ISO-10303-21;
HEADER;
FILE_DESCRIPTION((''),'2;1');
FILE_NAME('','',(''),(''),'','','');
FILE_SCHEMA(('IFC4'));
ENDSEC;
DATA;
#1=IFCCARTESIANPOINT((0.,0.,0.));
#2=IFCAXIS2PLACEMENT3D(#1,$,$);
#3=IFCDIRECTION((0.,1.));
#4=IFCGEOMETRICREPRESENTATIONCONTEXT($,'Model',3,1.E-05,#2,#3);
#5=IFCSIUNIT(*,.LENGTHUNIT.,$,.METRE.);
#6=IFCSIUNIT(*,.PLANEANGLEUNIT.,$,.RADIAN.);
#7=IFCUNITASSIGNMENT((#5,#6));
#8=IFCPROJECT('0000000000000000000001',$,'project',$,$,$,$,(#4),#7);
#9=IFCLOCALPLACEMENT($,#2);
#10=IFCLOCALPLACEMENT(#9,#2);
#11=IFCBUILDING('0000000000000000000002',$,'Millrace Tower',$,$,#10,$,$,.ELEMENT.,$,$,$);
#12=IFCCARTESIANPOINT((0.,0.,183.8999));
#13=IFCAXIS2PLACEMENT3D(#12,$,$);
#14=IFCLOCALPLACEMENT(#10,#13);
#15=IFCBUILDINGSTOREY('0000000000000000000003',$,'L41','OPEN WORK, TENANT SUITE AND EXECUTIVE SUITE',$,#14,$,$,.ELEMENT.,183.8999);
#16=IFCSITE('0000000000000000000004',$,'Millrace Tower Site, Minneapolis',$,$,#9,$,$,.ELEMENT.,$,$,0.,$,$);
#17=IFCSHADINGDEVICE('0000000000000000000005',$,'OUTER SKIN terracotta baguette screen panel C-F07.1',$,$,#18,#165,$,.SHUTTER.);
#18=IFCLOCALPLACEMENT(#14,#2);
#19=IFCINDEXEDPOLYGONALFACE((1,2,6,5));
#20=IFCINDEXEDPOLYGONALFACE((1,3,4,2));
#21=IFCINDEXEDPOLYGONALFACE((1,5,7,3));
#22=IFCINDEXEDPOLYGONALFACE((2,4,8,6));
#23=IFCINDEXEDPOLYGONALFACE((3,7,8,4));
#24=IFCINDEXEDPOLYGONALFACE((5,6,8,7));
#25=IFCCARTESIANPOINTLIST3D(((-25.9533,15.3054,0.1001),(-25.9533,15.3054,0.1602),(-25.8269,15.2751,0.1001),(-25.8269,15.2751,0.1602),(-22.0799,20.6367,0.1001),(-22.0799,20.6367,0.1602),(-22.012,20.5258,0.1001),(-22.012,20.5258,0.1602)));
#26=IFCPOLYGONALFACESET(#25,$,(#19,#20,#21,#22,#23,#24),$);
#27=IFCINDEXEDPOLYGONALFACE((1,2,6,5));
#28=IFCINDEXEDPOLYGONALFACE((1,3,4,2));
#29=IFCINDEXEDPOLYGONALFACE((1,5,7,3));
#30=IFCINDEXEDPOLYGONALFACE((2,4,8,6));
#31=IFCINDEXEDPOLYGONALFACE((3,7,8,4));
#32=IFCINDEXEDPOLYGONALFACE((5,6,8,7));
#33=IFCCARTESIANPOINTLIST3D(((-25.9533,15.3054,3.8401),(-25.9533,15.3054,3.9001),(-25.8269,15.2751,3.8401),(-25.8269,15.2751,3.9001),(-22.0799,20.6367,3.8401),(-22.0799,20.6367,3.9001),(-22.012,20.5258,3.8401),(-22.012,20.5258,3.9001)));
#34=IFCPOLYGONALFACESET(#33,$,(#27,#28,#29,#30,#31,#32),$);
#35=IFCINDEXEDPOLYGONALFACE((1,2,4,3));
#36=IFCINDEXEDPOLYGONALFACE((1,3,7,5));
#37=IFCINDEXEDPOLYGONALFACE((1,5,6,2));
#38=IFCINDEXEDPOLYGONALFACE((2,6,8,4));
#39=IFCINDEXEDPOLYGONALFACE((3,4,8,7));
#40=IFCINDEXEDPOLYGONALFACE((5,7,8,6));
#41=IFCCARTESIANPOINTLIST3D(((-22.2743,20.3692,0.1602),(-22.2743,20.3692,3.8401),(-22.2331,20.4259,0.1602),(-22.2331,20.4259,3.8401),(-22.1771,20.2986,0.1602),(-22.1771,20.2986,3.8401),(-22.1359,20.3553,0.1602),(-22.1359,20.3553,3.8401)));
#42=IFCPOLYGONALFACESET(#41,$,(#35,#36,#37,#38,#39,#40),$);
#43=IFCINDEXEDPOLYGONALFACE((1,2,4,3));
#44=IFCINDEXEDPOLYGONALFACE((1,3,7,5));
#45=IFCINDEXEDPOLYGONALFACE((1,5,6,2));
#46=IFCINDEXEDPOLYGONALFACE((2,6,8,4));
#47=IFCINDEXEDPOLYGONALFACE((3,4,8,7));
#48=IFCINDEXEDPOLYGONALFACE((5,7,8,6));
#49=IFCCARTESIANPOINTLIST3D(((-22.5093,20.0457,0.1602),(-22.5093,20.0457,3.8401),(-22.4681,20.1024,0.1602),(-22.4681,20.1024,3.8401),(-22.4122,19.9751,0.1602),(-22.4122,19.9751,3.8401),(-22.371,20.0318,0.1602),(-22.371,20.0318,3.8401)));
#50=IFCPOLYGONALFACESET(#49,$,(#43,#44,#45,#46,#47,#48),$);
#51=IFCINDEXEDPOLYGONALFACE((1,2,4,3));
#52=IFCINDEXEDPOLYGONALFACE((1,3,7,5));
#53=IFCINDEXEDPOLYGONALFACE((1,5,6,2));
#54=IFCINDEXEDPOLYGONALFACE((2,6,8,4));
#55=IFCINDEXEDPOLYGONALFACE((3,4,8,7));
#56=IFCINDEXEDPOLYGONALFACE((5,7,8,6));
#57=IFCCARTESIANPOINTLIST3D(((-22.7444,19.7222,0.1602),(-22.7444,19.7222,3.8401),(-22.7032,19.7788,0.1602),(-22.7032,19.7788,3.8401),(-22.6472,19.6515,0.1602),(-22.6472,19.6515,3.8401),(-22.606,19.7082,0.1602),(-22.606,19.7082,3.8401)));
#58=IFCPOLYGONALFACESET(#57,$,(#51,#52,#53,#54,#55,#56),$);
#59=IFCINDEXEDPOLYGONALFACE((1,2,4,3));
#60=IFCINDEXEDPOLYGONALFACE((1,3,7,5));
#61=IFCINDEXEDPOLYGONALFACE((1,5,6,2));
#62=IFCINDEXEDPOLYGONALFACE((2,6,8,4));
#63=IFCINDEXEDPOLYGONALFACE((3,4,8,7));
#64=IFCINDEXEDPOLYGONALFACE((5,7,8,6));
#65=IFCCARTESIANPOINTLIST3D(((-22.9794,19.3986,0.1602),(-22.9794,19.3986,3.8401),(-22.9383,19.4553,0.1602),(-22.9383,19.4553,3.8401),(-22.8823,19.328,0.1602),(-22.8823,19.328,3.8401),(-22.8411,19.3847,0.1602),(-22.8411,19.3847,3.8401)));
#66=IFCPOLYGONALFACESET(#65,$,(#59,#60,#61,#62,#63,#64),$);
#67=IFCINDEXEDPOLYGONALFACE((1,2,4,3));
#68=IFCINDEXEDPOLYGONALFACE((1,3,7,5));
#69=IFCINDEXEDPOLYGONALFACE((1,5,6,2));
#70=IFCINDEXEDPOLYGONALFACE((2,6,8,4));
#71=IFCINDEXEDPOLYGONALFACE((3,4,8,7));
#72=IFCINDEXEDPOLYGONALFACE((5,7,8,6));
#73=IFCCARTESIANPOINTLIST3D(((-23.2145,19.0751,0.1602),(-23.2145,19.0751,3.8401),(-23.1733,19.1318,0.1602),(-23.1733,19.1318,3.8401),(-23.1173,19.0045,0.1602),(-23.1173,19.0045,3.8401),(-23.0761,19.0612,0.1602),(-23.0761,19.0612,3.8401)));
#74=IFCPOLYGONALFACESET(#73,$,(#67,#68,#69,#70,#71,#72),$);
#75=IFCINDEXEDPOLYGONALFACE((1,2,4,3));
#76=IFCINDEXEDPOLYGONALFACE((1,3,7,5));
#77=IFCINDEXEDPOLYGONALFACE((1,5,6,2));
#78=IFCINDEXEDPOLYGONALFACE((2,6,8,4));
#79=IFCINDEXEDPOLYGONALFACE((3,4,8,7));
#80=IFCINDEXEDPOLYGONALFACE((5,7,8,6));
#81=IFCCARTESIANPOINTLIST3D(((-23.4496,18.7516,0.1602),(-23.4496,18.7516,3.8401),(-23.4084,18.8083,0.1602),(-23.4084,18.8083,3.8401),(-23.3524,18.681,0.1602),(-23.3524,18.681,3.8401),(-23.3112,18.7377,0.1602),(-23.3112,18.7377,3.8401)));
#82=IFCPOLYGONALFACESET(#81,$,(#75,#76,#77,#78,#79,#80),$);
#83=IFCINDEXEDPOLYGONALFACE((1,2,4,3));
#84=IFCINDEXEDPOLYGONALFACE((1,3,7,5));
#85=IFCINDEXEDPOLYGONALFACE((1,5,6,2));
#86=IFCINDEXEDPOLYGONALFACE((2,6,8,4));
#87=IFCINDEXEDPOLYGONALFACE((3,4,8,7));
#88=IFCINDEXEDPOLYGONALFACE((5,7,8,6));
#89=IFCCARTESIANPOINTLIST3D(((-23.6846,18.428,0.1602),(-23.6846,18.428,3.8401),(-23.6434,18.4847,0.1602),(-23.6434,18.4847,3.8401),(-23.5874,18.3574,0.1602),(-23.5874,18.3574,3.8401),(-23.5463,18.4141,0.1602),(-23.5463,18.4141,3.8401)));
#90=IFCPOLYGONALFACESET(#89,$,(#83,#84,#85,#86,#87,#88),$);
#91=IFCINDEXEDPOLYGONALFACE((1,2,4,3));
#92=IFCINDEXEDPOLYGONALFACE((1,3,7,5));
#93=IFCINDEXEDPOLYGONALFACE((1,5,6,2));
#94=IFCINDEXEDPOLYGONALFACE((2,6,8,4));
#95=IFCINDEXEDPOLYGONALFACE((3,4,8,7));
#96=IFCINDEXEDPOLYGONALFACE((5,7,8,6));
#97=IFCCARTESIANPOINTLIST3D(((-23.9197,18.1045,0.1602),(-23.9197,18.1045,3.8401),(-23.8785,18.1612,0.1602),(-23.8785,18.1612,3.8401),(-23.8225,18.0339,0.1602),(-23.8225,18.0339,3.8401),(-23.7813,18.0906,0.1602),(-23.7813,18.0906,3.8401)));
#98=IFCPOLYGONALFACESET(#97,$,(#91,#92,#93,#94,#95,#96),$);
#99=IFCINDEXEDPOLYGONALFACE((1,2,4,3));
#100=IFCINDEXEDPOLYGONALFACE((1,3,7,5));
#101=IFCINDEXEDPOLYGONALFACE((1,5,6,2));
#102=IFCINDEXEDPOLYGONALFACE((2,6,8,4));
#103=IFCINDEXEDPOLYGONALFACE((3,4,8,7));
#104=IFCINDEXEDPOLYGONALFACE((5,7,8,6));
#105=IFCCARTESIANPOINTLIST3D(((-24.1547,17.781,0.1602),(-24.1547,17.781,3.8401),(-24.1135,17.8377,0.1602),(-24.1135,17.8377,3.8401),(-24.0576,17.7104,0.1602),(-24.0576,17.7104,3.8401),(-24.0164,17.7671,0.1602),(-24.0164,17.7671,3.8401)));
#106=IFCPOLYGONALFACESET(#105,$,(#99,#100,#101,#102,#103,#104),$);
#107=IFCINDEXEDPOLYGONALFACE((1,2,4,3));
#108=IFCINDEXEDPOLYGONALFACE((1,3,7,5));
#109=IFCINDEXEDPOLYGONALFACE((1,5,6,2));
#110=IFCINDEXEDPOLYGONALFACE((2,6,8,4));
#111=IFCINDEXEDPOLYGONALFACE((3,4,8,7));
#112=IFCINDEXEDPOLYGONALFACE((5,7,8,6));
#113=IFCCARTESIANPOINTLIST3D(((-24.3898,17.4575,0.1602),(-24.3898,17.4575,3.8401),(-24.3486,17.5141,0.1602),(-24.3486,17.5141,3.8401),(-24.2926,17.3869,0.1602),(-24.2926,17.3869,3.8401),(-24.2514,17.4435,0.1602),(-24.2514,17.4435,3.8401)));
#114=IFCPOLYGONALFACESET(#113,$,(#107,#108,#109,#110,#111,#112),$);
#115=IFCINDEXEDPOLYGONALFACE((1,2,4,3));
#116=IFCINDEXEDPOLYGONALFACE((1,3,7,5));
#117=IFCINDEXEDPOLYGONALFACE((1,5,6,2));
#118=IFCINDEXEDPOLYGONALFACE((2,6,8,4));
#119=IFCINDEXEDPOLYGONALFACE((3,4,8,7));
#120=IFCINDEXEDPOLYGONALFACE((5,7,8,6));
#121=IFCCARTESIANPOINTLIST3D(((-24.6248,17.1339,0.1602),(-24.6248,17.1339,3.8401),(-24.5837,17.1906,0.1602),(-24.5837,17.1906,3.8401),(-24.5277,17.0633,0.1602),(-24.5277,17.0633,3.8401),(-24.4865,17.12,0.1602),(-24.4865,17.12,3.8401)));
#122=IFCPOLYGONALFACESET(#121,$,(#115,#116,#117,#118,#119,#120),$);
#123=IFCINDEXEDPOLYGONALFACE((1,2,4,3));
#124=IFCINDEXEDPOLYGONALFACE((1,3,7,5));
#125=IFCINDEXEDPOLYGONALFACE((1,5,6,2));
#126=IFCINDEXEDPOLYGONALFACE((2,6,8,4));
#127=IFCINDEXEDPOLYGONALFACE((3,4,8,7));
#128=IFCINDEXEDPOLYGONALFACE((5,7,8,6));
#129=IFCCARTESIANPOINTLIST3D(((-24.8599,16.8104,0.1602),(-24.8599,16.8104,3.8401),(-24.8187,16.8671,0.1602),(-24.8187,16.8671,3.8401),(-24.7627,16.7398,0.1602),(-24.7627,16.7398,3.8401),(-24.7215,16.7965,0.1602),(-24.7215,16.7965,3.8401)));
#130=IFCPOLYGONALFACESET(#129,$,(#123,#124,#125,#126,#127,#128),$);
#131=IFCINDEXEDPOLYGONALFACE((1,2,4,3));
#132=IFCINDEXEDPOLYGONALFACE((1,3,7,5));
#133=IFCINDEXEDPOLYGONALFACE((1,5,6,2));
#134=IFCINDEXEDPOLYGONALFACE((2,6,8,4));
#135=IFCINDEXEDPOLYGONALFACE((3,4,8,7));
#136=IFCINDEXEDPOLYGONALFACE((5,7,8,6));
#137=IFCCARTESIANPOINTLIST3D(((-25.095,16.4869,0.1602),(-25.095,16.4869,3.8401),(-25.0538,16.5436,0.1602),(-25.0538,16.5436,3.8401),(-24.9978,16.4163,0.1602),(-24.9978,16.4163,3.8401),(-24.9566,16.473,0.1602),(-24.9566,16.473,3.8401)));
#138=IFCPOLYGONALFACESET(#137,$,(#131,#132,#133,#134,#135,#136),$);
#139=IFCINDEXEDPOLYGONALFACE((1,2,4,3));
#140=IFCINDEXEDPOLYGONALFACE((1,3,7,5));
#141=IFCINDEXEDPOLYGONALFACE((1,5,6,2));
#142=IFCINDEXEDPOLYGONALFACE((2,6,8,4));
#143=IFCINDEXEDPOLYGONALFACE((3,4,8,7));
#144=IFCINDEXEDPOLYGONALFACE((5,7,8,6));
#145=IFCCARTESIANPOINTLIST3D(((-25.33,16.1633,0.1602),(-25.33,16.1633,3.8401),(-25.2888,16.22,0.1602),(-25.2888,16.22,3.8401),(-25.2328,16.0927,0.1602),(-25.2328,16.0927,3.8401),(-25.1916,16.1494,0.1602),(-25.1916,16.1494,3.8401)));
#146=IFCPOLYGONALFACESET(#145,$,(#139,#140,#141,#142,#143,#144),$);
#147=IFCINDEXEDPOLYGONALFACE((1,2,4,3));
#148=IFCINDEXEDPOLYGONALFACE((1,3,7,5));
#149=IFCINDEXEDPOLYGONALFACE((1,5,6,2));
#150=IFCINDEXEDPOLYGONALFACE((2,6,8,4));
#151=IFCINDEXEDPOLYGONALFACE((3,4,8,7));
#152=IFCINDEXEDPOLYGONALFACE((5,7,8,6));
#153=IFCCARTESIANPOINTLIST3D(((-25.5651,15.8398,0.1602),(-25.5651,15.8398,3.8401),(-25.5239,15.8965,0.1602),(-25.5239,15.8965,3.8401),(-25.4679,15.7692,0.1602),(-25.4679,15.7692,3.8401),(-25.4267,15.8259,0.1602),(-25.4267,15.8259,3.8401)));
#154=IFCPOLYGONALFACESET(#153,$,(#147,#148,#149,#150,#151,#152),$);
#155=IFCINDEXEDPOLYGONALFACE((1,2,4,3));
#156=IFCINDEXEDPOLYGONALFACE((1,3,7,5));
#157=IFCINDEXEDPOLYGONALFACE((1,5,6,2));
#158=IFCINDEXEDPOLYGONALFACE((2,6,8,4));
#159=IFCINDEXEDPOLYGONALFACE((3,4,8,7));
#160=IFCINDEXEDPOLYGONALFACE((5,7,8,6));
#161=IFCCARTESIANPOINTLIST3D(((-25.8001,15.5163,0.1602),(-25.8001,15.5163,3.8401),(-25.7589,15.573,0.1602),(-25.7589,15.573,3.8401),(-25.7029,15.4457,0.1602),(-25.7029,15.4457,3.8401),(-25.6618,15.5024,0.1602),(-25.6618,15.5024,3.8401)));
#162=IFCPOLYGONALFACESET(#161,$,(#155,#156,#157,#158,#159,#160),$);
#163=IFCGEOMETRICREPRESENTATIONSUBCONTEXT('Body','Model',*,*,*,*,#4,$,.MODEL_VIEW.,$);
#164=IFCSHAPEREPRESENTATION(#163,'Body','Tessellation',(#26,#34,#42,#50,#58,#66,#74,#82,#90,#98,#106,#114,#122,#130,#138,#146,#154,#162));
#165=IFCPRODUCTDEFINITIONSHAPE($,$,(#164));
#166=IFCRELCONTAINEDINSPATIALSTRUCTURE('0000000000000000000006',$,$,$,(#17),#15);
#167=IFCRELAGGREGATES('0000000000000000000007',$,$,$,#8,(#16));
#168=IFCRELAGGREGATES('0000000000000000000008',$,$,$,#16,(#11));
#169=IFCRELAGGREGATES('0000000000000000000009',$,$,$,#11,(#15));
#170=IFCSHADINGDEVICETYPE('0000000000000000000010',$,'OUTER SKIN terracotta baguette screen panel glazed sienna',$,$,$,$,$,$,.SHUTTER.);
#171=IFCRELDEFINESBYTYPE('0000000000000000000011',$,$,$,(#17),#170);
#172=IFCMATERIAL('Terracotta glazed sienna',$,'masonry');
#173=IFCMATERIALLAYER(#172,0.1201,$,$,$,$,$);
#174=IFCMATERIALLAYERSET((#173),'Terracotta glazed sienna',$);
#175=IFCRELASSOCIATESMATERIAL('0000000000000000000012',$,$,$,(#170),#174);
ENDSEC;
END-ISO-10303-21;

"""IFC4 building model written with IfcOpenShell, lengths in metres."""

from ifc_helpers import new_model, entity, si_unit, direction, frame, frame_2d, origin, place, context, subcontext, project, spatial, rectangle, extrude, source, transform, mapped, material, layer, layer_set, type_object, element, save


model = new_model("IFC4")

# Units and contexts
model_context = context("Model", 3, precision=1e-05, world=origin(), true_north=direction((0.0, 1.0)))
body_context = subcontext(model_context, "Body", "Model", "MODEL_VIEW")
ifc_project = project(units=[si_unit("LENGTHUNIT", "METRE"), si_unit("PLANEANGLEUNIT", "RADIAN")], contexts=[model_context])

# Site, building, storey
site_placement = place(None, origin())
site = spatial("IfcSite", under=ifc_project, at=site_placement, Name="Millrace Tower Site, Minneapolis", CompositionType="ELEMENT", RefElevation=0.0)
building_placement = place(site_placement, origin())
building = spatial("IfcBuilding", under=site, at=building_placement, Name="Millrace Tower", CompositionType="ELEMENT")
storey_placement = place(building_placement, frame((0.0, 0.0, 183.8999)))
storey = spatial("IfcBuildingStorey", under=building, at=storey_placement, Name="L41", Description="OPEN WORK, TENANT SUITE AND EXECUTIVE SUITE", CompositionType="ELEMENT", Elevation=183.8999)

# Shading device
ifc_material_1 = material(Name="Terracotta glazed sienna", Category="masonry")
ifc_layer_1 = layer(ifc_material_1, 0.1201)
ifc_layer_set_1 = layer_set([ifc_layer_1], Name="Terracotta glazed sienna")
shading_device_type = type_object("IfcShadingDeviceType", Name="OUTER SKIN terracotta baguette screen panel glazed sienna", PredefinedType="SHUTTER", material=ifc_layer_set_1)
cartesian_point_1 = entity("IfcCartesianPoint", [-3.2451, 0.0601])
shared_polyline_1 = entity("IfcPolyline", [cartesian_point_1, entity("IfcCartesianPoint", [3.2451, 0.0601]), entity("IfcCartesianPoint", [3.2949, -0.0601]), entity("IfcCartesianPoint", [-3.2949, -0.0601]), cartesian_point_1])
shared_shape_1 = source(origin(), body_context, "Body", "SweptSolid", [
    entity("IfcExtrudedAreaSolid", entity("IfcArbitraryClosedProfileDef", "AREA", None, shared_polyline_1), entity("IfcAxis2Placement3D", entity("IfcCartesianPoint", [0.0, 0.0, 0.0])), entity("IfcDirection", [0.0, 0.0, 1.0]), 0.0601),
    entity("IfcExtrudedAreaSolid", entity("IfcArbitraryClosedProfileDef", "AREA", None, shared_polyline_1), entity("IfcAxis2Placement3D", entity("IfcCartesianPoint", [0.0, 0.0, 3.74])), entity("IfcDirection", [0.0, 0.0, 1.0]), 0.0601),
    extrude(rectangle(XDim=0.0701, YDim=0.1201, at=frame_2d((-2.9993, 0.0))), frame((0.0, 0.0, 0.0601)), (0.0, 0.0, 1.0), 3.6799),
    extrude(rectangle(XDim=0.0701, YDim=0.1201, at=frame_2d((-2.5994, 0.0))), frame((0.0, 0.0, 0.0601)), (0.0, 0.0, 1.0), 3.6799),
    extrude(rectangle(XDim=0.0701, YDim=0.1201, at=frame_2d((-2.1995, 0.0))), frame((0.0, 0.0, 0.0601)), (0.0, 0.0, 1.0), 3.6799),
    extrude(rectangle(XDim=0.0701, YDim=0.1201, at=frame_2d((-1.7996, 0.0))), frame((0.0, 0.0, 0.0601)), (0.0, 0.0, 1.0), 3.6799),
    extrude(rectangle(XDim=0.0701, YDim=0.1201, at=frame_2d((-1.3997, 0.0))), frame((0.0, 0.0, 0.0601)), (0.0, 0.0, 1.0), 3.6799),
    extrude(rectangle(XDim=0.0701, YDim=0.1201, at=frame_2d((-0.9998, 0.0))), frame((0.0, 0.0, 0.0601)), (0.0, 0.0, 1.0), 3.6799),
    extrude(rectangle(XDim=0.0701, YDim=0.1201, at=frame_2d((-0.5999, 0.0))), frame((0.0, 0.0, 0.0601)), (0.0, 0.0, 1.0), 3.6799),
    extrude(rectangle(XDim=0.0701, YDim=0.1201, at=frame_2d((-0.2, 0.0))), frame((0.0, 0.0, 0.0601)), (0.0, 0.0, 1.0), 3.6799),
    extrude(rectangle(XDim=0.0701, YDim=0.1201, at=frame_2d((0.2, 0.0))), frame((0.0, 0.0, 0.0601)), (0.0, 0.0, 1.0), 3.6799),
    extrude(rectangle(XDim=0.0701, YDim=0.1201, at=frame_2d((0.5999, 0.0))), frame((0.0, 0.0, 0.0601)), (0.0, 0.0, 1.0), 3.6799),
    extrude(rectangle(XDim=0.0701, YDim=0.1201, at=frame_2d((0.9998, 0.0))), frame((0.0, 0.0, 0.0601)), (0.0, 0.0, 1.0), 3.6799),
    extrude(rectangle(XDim=0.0701, YDim=0.1201, at=frame_2d((1.3997, 0.0))), frame((0.0, 0.0, 0.0601)), (0.0, 0.0, 1.0), 3.6799),
    extrude(rectangle(XDim=0.0701, YDim=0.1201, at=frame_2d((1.7996, 0.0))), frame((0.0, 0.0, 0.0601)), (0.0, 0.0, 1.0), 3.6799),
    extrude(rectangle(XDim=0.0701, YDim=0.1201, at=frame_2d((2.1995, 0.0))), frame((0.0, 0.0, 0.0601)), (0.0, 0.0, 1.0), 3.6799),
    extrude(rectangle(XDim=0.0701, YDim=0.1201, at=frame_2d((2.5994, 0.0))), frame((0.0, 0.0, 0.0601)), (0.0, 0.0, 1.0), 3.6799),
    extrude(rectangle(XDim=0.0701, YDim=0.1201, at=frame_2d((2.9993, 0.0))), frame((0.0, 0.0, 0.0601)), (0.0, 0.0, 1.0), 3.6799),
])
shading_device_1_placement = place(storey_placement, frame((-23.968, 17.9358, 0.1001), z_axis=(0.0, 0.0, 1.0), x_axis=(-0.587785, -0.809017, 0.0)))
element("IfcShadingDevice", 1, at=shading_device_1_placement, inside=storey, type_object=shading_device_type, Name="OUTER SKIN terracotta baguette screen panel C-F07.1", PredefinedType="SHUTTER", context=body_context, shape_type="MappedRepresentation", body=[
    mapped(shared_shape_1, transform((0.0, 0.0, 0.0), scale=1.0)),
])

save(model, "model.ifc")
